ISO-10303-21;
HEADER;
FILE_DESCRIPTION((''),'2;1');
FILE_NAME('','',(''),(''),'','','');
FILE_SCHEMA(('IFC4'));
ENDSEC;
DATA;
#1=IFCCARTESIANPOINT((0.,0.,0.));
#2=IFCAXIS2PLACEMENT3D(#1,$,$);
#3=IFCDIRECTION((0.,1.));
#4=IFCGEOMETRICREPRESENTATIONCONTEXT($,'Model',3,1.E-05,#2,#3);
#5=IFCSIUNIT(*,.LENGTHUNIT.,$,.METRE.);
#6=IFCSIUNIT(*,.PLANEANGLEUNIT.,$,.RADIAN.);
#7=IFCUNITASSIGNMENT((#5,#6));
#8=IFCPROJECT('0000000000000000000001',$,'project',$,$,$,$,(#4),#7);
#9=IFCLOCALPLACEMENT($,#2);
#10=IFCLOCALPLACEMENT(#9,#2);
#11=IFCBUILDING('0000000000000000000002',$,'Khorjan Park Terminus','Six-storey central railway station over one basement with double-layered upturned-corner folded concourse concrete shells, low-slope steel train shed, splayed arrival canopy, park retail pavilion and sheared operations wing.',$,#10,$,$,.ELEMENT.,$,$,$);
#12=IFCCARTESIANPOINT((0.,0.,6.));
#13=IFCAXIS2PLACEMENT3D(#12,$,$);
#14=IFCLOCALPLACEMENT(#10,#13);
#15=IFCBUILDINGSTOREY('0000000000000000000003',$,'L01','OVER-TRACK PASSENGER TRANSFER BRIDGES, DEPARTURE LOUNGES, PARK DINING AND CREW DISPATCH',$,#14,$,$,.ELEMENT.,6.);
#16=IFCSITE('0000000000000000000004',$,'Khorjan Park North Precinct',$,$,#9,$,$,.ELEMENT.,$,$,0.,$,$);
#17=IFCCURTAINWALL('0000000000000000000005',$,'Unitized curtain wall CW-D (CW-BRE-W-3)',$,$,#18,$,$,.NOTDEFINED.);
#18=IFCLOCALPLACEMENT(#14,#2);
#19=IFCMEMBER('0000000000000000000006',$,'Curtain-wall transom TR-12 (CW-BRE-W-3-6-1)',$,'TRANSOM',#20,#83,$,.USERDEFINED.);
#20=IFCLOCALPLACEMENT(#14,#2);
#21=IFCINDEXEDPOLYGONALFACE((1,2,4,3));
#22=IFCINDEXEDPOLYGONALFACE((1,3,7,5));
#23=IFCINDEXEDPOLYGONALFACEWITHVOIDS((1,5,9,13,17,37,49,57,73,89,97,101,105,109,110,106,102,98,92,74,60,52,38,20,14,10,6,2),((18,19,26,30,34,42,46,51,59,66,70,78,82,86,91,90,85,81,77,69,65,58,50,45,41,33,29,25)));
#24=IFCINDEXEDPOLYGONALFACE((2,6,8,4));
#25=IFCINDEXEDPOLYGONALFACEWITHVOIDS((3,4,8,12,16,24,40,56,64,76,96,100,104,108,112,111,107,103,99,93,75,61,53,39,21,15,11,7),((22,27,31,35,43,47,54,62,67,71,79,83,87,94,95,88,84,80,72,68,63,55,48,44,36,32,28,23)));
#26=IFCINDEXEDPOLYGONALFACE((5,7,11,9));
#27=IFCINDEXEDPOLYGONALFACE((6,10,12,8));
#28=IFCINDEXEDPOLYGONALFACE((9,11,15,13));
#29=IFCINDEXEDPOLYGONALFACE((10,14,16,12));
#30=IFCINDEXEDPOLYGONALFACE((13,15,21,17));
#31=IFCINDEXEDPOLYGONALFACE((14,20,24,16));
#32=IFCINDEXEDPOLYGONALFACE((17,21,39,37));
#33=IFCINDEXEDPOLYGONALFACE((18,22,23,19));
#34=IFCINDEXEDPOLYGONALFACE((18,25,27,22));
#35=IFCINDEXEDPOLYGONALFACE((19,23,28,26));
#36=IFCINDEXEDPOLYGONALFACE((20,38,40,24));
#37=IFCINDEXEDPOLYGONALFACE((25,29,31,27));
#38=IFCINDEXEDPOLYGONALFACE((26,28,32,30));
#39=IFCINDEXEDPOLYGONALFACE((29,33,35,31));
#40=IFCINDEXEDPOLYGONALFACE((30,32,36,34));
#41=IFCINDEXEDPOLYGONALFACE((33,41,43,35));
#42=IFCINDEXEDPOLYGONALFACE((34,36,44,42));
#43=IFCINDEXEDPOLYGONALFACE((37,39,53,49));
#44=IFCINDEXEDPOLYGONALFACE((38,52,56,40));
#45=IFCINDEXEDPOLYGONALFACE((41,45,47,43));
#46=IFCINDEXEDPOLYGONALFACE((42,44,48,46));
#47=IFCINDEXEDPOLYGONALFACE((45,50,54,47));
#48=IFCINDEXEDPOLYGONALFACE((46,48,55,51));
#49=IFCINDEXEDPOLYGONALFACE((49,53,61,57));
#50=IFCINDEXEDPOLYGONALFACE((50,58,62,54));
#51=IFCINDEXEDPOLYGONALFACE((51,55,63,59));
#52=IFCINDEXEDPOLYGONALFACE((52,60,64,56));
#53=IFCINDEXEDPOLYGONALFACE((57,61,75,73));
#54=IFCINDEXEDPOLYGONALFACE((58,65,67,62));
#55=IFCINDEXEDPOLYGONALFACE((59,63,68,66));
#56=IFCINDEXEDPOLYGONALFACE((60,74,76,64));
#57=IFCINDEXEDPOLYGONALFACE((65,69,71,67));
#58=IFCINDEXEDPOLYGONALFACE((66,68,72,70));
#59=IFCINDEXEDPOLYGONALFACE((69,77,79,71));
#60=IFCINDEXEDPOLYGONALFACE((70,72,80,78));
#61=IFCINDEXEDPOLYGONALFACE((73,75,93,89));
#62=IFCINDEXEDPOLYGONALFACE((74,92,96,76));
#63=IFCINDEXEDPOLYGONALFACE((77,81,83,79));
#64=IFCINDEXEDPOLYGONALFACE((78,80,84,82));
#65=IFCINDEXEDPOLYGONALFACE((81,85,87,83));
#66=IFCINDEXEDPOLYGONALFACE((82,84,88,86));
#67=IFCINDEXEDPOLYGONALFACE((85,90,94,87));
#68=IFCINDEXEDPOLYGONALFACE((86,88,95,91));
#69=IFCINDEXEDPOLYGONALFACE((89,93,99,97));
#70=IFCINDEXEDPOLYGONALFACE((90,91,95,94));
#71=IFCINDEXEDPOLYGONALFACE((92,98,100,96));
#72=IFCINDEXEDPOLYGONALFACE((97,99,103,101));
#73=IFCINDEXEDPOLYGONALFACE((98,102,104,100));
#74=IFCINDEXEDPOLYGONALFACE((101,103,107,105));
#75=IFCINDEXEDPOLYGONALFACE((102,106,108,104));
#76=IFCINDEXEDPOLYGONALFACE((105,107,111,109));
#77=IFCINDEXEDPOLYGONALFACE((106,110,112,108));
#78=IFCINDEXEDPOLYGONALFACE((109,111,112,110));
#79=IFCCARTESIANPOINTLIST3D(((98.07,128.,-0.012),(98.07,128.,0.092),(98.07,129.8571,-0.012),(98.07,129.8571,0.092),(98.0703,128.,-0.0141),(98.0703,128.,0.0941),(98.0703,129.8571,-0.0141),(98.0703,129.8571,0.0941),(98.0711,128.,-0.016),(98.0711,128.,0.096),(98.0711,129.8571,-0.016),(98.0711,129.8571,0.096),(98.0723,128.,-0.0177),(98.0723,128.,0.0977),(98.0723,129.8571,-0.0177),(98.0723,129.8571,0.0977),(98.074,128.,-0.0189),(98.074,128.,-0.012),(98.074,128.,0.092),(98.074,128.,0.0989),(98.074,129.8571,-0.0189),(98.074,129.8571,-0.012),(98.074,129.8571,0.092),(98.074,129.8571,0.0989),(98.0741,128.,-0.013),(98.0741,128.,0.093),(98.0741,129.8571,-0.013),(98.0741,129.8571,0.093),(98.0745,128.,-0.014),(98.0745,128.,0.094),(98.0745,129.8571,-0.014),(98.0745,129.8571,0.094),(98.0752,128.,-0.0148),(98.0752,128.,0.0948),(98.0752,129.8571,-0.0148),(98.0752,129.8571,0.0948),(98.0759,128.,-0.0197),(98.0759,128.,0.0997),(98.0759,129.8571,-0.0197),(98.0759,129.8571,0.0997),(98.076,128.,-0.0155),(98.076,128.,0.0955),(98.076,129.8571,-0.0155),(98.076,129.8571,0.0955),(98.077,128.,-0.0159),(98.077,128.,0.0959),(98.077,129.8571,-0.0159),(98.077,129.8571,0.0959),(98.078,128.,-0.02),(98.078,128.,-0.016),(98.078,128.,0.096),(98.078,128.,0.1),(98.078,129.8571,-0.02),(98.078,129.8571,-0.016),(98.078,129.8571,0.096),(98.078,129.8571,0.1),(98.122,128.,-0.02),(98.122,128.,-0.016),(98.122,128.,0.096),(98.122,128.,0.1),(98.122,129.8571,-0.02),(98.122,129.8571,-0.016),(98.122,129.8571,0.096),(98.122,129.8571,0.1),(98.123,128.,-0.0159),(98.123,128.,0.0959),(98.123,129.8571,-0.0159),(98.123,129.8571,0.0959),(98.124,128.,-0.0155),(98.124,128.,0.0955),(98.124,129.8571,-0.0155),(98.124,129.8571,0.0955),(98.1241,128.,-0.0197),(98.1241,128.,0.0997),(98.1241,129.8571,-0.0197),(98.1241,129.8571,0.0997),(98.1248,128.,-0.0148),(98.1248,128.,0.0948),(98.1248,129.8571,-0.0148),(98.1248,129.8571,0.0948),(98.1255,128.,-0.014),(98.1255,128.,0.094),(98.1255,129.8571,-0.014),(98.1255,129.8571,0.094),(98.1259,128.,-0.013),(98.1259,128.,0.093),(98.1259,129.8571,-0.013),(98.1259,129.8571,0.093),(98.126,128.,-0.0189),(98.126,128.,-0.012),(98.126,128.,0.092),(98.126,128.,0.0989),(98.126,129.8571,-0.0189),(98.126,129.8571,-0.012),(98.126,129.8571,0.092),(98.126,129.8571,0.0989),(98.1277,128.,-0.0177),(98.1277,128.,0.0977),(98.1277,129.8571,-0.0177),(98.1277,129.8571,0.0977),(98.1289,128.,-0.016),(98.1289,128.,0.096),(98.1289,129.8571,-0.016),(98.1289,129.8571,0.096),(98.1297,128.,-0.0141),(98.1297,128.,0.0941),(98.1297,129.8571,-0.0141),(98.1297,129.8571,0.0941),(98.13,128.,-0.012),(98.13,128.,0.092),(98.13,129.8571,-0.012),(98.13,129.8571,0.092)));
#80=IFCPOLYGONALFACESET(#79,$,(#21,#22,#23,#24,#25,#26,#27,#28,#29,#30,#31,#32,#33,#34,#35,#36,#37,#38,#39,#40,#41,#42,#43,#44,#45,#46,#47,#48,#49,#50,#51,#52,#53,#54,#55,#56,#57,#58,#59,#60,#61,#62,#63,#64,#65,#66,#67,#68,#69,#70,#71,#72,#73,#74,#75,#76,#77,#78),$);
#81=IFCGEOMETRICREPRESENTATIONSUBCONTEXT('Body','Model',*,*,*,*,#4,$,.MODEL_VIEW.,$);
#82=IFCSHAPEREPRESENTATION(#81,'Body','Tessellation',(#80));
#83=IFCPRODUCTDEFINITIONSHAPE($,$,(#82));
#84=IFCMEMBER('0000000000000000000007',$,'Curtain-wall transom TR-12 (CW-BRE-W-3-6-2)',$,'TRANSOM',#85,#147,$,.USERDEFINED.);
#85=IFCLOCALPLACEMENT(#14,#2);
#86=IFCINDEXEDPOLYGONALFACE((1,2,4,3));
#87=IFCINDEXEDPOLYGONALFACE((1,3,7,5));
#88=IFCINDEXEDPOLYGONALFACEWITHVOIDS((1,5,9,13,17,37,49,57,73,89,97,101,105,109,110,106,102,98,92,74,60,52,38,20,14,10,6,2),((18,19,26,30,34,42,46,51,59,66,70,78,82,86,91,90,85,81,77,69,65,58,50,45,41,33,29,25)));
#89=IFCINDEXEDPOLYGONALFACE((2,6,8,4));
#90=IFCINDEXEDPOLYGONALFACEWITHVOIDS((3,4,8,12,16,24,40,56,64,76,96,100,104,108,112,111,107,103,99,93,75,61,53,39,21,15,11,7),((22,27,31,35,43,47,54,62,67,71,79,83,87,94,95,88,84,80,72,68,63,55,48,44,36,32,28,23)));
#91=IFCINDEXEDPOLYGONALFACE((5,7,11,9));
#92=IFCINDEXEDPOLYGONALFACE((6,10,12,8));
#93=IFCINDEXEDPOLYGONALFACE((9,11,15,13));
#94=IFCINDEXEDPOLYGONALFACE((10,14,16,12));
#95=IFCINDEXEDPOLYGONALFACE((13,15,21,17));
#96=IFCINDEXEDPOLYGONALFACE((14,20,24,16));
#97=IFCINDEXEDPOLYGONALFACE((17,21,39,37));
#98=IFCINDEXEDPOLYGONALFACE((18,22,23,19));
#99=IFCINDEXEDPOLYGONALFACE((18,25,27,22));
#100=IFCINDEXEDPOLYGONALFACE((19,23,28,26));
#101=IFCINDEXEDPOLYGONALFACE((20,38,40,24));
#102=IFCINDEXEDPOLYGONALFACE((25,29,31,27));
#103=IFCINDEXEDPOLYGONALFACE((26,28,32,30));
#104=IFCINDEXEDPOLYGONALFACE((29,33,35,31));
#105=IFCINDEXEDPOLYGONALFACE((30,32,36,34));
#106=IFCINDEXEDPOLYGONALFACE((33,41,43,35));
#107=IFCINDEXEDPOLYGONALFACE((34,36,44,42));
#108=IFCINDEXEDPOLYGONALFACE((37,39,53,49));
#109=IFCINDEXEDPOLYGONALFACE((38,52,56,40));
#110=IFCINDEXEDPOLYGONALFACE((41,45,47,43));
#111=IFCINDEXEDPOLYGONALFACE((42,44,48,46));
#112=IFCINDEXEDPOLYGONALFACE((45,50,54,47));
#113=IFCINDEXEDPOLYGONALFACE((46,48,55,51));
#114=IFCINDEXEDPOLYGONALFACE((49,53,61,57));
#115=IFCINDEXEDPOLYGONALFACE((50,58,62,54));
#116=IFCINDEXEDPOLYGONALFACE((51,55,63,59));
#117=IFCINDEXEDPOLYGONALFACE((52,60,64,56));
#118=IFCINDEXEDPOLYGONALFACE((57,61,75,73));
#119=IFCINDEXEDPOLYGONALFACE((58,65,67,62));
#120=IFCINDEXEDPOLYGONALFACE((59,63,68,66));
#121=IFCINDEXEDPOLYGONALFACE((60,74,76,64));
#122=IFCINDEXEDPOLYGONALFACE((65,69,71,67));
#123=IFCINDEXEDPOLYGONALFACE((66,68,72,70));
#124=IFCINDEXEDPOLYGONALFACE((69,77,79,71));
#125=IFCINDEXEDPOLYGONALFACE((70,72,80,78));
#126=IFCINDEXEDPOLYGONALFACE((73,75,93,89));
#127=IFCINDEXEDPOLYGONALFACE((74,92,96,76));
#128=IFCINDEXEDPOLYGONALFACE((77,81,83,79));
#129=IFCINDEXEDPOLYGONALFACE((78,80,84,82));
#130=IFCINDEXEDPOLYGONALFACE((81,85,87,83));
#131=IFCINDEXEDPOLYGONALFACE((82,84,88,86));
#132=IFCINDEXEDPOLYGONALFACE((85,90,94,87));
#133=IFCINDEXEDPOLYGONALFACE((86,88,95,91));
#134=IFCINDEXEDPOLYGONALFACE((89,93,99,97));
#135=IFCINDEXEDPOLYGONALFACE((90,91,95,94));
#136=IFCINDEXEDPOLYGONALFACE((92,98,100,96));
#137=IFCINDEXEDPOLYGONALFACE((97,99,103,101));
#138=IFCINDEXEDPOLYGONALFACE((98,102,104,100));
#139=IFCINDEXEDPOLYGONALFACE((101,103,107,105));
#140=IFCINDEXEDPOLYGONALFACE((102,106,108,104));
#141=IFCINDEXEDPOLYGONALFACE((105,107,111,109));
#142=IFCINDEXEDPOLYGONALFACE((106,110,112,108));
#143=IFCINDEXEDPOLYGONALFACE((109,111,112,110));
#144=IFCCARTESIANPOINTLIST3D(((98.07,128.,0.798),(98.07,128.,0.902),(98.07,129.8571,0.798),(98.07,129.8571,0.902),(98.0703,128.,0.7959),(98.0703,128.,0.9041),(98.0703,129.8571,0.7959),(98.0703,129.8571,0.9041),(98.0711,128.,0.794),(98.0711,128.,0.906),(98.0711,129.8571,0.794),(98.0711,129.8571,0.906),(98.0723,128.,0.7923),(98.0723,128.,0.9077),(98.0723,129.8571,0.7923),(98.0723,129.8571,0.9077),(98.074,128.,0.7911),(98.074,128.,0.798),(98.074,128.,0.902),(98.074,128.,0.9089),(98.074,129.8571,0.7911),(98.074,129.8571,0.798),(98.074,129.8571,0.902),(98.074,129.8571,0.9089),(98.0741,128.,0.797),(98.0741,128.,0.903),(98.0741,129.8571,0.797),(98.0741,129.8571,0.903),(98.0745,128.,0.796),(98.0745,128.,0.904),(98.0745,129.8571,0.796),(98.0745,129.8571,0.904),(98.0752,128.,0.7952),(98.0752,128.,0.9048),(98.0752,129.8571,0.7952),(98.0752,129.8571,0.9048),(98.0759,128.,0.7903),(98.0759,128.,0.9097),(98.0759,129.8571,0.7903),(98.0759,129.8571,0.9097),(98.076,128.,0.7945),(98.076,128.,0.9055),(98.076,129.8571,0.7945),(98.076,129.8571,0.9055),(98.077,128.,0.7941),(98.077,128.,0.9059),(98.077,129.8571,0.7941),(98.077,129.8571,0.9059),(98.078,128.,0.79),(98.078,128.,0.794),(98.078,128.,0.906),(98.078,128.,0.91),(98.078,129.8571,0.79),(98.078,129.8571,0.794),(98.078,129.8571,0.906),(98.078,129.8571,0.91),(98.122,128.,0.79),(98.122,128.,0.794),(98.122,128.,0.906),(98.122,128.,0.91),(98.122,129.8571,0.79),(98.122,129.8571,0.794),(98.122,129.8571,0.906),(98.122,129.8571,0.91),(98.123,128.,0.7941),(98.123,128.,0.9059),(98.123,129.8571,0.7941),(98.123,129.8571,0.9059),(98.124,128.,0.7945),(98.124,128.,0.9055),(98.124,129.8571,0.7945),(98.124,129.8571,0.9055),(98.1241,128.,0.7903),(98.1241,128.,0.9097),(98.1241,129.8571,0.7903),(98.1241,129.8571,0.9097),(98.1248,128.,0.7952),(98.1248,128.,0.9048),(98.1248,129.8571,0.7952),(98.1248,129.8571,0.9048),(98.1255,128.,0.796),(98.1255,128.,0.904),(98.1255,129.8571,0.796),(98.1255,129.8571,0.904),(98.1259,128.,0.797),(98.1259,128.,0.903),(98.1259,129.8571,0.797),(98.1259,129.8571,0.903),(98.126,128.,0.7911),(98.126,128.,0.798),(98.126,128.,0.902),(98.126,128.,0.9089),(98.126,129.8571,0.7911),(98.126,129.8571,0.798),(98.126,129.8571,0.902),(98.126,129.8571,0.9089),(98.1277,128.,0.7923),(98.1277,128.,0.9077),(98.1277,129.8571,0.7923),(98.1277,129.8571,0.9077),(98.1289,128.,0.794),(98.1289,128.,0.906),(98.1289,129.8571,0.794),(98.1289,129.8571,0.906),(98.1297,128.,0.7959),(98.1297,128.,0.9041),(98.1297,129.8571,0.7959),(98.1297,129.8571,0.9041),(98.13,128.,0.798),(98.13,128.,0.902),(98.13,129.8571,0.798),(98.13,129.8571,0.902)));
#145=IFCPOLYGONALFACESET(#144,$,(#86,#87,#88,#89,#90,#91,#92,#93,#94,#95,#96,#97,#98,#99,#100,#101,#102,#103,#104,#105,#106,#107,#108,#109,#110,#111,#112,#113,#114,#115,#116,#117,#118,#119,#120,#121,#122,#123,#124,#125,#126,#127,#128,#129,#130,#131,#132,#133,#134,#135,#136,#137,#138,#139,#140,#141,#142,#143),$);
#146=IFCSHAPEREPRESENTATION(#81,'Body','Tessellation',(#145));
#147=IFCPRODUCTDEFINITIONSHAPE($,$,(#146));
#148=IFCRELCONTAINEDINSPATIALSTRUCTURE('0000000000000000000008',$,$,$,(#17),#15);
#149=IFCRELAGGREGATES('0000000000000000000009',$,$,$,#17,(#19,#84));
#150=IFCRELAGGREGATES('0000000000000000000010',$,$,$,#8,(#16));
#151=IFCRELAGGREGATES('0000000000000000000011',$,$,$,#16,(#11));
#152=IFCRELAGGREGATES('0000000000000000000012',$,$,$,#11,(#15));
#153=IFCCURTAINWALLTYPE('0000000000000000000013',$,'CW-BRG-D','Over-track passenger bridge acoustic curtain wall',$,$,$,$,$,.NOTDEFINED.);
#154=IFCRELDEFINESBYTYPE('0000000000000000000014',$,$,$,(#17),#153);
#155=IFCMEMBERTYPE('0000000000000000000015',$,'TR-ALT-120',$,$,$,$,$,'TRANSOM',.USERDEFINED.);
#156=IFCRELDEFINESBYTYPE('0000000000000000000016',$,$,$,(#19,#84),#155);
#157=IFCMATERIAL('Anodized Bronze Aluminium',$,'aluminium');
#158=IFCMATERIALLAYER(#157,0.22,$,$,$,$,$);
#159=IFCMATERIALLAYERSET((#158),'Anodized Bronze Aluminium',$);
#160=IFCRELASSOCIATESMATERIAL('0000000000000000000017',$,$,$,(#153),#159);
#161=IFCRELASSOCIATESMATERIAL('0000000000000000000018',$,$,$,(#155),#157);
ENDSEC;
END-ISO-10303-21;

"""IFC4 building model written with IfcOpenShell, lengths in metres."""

from ifc_helpers import new_model, si_unit, direction, frame, origin, origin_2d, place, context, subcontext, project, spatial, hollow_rectangle, extrude, material, layer, layer_set, material_profile, profile_set, type_object, element, aggregate, save


model = new_model("IFC4")

# Units and contexts
model_context = context("Model", 3, precision=1e-05, world=origin(), true_north=direction((0.0, 1.0)))
body_context = subcontext(model_context, "Body", "Model", "MODEL_VIEW")
ifc_project = project(units=[si_unit("LENGTHUNIT", "METRE"), si_unit("PLANEANGLEUNIT", "RADIAN")], contexts=[model_context])

# Site, building, storey
site_placement = place(None, origin())
site = spatial("IfcSite", under=ifc_project, at=site_placement, Name="Khorjan Park North Precinct", CompositionType="ELEMENT", RefElevation=0.0)
building_placement = place(site_placement, origin())
building = spatial("IfcBuilding", under=site, at=building_placement, Name="Khorjan Park Terminus", Description="Six-storey central railway station over one basement with double-layered upturned-corner folded concourse concrete shells, low-slope steel train shed, splayed arrival canopy, park retail pavilion and sheared operations wing.", CompositionType="ELEMENT")
storey_placement = place(building_placement, frame((0.0, 0.0, 6.0)))
storey = spatial("IfcBuildingStorey", under=building, at=storey_placement, Name="L01", Description="OVER-TRACK PASSENGER TRANSFER BRIDGES, DEPARTURE LOUNGES, PARK DINING AND CREW DISPATCH", CompositionType="ELEMENT", Elevation=6.0)

# Shared definitions
ifc_material_1 = material(Name="Anodized Bronze Aluminium", Category="aluminium")
ifc_layer_1 = layer(ifc_material_1, 0.22)
ifc_layer_set_1 = layer_set([ifc_layer_1], Name="Anodized Bronze Aluminium")
curtain_wall_type = type_object("IfcCurtainWallType", Name="CW-BRG-D", Description="Over-track passenger bridge acoustic curtain wall", PredefinedType="NOTDEFINED", material=ifc_layer_set_1)

# Curtain wall
curtain_wall_1_placement = place(storey_placement, origin())
curtain_wall_1 = element("IfcCurtainWall", 1, at=curtain_wall_1_placement, inside=storey, type_object=curtain_wall_type, Name="Unitized curtain wall CW-D (CW-BRE-W-3)", PredefinedType="NOTDEFINED")

# Members
ifc_material_profile_1 = material_profile(ifc_material_1, hollow_rectangle(XDim=0.06, YDim=0.12, WallThickness=0.004, InnerFilletRadius=0.004, OuterFilletRadius=0.008, at=origin_2d()), Name="ALT 60x120x4")
ifc_profile_set_1 = profile_set([ifc_material_profile_1], Name="Anodized Bronze Aluminium")
member_type_1 = type_object("IfcMemberType", Name="TR-ALT-120", ElementType="TRANSOM", PredefinedType="USERDEFINED", material=ifc_profile_set_1)
member_1_placement = place(storey_placement, frame((98.1, 129.8571, 0.04), z_axis=(0.0, -1.0, 0.0), x_axis=(1.0, 0.0, 0.0)))
member_1 = element("IfcMember", 2, at=member_1_placement, type_object=member_type_1, Name="Curtain-wall transom TR-12 (CW-BRE-W-3-6-1)", ObjectType="TRANSOM", PredefinedType="USERDEFINED", context=body_context, shape_type="SweptSolid", body=[
    extrude(hollow_rectangle(XDim=0.06, YDim=0.12, WallThickness=0.004, InnerFilletRadius=0.004, OuterFilletRadius=0.008, at=origin_2d()), origin(), (0.0, 0.0, 1.0), 1.8571),
])
member_2_placement = place(storey_placement, frame((98.1, 129.8571, 0.85), z_axis=(0.0, -1.0, 0.0), x_axis=(1.0, 0.0, 0.0)))
member_2 = element("IfcMember", 3, at=member_2_placement, type_object=member_type_1, Name="Curtain-wall transom TR-12 (CW-BRE-W-3-6-2)", ObjectType="TRANSOM", PredefinedType="USERDEFINED", context=body_context, shape_type="SweptSolid", body=[
    extrude(hollow_rectangle(XDim=0.06, YDim=0.12, WallThickness=0.004, InnerFilletRadius=0.004, OuterFilletRadius=0.008, at=origin_2d()), origin(), (0.0, 0.0, 1.0), 1.8571),
])

aggregate(curtain_wall_1, [member_1, member_2])

save(model, "model.ifc")
